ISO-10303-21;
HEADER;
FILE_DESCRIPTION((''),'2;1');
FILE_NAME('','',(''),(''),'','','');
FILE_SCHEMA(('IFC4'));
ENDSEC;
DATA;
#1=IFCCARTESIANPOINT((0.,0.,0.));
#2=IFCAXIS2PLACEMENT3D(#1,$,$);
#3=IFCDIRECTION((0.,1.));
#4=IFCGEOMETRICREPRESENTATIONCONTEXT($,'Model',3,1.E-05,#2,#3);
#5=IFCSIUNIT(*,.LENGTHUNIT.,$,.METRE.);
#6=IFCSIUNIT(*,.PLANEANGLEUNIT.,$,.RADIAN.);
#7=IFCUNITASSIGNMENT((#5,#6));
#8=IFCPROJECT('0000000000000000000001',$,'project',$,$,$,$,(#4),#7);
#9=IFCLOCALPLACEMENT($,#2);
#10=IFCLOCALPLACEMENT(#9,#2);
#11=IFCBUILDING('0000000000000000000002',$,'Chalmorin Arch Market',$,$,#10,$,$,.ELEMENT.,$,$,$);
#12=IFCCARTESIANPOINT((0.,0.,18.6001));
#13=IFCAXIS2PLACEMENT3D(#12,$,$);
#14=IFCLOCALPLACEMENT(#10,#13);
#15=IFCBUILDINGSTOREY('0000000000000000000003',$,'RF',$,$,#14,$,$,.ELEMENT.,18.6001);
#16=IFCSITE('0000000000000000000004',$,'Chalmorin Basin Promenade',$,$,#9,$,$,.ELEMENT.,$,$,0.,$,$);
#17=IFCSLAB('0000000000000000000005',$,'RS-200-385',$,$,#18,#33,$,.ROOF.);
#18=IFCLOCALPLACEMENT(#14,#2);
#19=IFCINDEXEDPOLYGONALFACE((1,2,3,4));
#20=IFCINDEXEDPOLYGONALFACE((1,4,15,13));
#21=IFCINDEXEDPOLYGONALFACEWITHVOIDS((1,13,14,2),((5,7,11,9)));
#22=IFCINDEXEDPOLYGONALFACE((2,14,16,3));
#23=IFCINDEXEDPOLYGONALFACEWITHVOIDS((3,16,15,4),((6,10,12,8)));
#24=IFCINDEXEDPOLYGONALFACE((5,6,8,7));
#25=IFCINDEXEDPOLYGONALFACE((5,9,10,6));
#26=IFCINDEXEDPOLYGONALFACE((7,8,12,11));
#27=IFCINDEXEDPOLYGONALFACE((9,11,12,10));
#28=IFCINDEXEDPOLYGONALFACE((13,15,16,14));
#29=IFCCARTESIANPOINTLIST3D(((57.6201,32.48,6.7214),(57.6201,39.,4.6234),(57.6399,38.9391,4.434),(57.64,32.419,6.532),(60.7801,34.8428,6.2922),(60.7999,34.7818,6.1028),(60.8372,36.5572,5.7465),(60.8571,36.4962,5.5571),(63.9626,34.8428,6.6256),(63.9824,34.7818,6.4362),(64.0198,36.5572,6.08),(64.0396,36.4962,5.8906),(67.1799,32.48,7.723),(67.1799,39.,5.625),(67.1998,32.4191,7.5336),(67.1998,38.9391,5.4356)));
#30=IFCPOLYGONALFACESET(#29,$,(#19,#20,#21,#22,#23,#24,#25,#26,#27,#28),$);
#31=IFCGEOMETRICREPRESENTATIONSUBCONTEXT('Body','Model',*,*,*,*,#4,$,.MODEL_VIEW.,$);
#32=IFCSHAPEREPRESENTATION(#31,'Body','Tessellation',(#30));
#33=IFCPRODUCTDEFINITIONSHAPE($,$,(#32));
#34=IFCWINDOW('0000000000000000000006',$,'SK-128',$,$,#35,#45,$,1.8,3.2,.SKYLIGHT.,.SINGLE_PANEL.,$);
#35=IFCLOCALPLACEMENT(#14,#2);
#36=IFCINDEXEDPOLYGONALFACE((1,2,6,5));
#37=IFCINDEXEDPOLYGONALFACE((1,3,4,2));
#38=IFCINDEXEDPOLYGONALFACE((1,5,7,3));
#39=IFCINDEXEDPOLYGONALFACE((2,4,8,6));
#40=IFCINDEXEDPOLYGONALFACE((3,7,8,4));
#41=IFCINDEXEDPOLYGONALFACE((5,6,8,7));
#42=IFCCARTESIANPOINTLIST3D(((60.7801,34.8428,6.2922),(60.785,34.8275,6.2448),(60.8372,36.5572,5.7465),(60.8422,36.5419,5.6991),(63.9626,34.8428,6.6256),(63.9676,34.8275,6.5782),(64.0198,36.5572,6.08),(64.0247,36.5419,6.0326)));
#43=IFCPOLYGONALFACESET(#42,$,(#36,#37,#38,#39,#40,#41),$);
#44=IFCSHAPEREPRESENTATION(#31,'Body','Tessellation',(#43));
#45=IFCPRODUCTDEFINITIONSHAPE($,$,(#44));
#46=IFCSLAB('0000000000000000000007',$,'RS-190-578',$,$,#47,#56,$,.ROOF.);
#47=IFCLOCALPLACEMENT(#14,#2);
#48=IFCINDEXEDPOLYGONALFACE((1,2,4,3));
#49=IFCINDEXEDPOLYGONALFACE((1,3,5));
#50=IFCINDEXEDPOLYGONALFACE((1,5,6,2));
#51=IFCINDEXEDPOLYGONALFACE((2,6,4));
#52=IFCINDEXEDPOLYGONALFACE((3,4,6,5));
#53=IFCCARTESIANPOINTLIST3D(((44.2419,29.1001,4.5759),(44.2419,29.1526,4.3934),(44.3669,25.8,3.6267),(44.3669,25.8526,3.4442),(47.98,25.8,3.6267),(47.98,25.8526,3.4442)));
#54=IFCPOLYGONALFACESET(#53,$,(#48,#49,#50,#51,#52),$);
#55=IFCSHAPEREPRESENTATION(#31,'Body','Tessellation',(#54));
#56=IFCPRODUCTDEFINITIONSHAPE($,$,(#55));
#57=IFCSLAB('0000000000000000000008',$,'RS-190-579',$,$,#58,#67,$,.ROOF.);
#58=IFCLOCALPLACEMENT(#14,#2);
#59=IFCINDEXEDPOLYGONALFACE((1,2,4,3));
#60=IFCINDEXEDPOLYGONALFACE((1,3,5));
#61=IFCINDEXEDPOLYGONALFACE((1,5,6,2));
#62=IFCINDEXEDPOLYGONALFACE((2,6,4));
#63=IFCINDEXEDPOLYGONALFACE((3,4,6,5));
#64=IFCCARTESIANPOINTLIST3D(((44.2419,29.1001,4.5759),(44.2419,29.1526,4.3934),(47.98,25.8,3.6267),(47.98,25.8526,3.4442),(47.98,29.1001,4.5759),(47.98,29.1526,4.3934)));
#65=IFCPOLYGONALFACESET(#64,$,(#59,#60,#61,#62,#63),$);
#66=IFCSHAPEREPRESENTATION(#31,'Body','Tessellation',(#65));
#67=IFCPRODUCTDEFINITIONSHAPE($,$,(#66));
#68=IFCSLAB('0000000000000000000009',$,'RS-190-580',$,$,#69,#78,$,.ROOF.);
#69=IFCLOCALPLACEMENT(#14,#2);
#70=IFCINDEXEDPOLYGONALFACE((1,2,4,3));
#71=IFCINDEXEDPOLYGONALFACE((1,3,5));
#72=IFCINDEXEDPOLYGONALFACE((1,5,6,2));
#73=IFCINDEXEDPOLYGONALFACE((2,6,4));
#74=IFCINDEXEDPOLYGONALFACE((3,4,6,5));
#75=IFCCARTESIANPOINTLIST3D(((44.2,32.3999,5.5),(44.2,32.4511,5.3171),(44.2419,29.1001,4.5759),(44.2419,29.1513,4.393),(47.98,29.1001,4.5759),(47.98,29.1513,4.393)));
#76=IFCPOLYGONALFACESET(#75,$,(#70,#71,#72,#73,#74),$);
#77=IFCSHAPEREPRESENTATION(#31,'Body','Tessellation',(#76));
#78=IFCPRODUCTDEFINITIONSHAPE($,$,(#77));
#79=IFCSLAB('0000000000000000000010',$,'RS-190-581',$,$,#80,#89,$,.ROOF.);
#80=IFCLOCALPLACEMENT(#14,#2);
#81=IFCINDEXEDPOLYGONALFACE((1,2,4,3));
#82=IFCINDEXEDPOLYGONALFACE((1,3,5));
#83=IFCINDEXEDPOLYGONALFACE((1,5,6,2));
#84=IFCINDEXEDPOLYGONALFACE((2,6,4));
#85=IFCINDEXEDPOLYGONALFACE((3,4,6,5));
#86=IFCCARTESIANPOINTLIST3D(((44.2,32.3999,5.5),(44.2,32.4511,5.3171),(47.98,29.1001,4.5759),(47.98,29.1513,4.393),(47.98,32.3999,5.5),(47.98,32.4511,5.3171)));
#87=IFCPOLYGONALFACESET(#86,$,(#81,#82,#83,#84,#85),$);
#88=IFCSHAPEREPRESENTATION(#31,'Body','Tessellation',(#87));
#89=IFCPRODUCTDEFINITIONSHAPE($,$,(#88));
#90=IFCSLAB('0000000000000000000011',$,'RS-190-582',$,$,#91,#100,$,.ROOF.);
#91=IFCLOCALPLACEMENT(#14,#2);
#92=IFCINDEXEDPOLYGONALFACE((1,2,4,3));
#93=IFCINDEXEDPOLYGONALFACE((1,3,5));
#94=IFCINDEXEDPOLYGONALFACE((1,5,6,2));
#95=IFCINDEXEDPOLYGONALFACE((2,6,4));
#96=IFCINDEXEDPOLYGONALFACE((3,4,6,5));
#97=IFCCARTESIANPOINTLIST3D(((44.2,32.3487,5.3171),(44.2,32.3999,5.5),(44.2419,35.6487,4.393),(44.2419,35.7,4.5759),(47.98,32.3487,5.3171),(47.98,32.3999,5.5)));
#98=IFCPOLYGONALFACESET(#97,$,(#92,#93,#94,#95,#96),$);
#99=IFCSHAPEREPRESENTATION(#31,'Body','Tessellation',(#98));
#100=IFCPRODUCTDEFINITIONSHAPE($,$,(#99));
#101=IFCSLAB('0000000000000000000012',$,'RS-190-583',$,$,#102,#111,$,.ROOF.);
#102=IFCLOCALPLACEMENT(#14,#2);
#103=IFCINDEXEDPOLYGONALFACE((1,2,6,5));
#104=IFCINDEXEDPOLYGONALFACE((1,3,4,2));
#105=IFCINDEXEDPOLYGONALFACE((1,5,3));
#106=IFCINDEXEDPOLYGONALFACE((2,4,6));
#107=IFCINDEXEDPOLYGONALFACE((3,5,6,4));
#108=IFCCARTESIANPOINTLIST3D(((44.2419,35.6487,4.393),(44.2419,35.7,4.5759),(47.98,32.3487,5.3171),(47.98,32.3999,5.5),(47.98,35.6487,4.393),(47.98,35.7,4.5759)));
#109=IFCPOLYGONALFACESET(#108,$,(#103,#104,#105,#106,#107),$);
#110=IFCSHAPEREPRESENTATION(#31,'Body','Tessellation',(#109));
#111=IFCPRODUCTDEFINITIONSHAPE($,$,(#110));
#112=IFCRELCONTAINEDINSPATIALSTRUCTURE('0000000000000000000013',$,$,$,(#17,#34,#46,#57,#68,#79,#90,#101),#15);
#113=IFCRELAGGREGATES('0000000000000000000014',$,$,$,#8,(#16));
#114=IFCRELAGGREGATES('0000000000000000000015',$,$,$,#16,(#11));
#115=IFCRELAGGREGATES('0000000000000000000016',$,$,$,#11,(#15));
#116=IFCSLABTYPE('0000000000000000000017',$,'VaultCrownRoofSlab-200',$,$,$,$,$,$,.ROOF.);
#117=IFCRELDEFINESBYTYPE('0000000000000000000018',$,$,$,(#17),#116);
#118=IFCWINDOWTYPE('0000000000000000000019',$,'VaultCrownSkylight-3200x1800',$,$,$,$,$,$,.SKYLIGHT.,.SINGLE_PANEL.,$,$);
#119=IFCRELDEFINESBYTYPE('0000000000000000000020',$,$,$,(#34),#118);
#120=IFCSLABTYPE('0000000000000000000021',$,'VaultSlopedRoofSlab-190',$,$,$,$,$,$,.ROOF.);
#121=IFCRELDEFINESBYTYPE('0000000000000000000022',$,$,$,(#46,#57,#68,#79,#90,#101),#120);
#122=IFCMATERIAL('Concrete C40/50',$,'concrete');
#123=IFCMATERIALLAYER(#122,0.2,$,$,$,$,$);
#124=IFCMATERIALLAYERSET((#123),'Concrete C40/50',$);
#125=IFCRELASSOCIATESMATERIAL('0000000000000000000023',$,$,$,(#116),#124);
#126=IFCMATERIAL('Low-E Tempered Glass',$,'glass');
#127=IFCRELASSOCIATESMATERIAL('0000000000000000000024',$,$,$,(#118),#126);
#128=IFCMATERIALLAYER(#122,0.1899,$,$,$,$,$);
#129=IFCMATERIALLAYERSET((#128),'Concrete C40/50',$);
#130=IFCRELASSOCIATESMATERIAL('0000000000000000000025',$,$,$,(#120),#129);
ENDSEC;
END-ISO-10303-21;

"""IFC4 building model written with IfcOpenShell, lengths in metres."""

from ifc_helpers import new_model, si_unit, direction, frame, origin, origin_2d, place, context, subcontext, project, spatial, polyline, rectangle, outline, extrude, material, layer, layer_set, type_object, element, fill, save


model = new_model("IFC4")

# Units and contexts
model_context = context("Model", 3, precision=1e-05, world=origin(), true_north=direction((0.0, 1.0)))
body_context = subcontext(model_context, "Body", "Model", "MODEL_VIEW")
ifc_project = project(units=[si_unit("LENGTHUNIT", "METRE"), si_unit("PLANEANGLEUNIT", "RADIAN")], contexts=[model_context])

# Site, building, storey
site_placement = place(None, origin())
site = spatial("IfcSite", under=ifc_project, at=site_placement, Name="Chalmorin Basin Promenade", CompositionType="ELEMENT", RefElevation=0.0)
building_placement = place(site_placement, origin())
building = spatial("IfcBuilding", under=site, at=building_placement, Name="Chalmorin Arch Market", CompositionType="ELEMENT")
storey_placement = place(building_placement, frame((0.0, 0.0, 18.6001)))
storey = spatial("IfcBuildingStorey", under=building, at=storey_placement, Name="RF", CompositionType="ELEMENT", Elevation=18.6001)

# Slab, opening, window
ifc_material_1 = material(Name="Concrete C40/50", Category="concrete")
ifc_layer_1 = layer(ifc_material_1, 0.2)
ifc_layer_set_1 = layer_set([ifc_layer_1], Name="Concrete C40/50")
slab_type_1 = type_object("IfcSlabType", Name="VaultCrownRoofSlab-200", PredefinedType="ROOF", material=ifc_layer_set_1)
ifc_material_2 = material(Name="Low-E Tempered Glass", Category="glass")
window_type = type_object("IfcWindowType", Name="VaultCrownSkylight-3200x1800", PartitioningType="SINGLE_PANEL", PredefinedType="SKYLIGHT", material=ifc_material_2)
slab_1_placement = place(storey_placement, frame((57.6201, 32.48, 6.7214), z_axis=(-0.099242, 0.304802, 0.947231), x_axis=(0.994556, 0.000004, 0.104199)))
slab_1 = element("IfcSlab", 1, at=slab_1_placement, inside=storey, type_object=slab_type_1, Name="RS-200-385", PredefinedType="ROOF", context=body_context, shape_type="SweptSolid", body=[
    extrude(outline(polyline([(0.0, 0.0), (9.6121, 0.0), (9.3936, 6.8457), (-0.2186, 6.8458), (0.0, 0.0)])), origin(), (0.0, 0.0, -1.0), 0.2),
])
opening_1_placement = place(slab_1_placement, frame((4.698, 3.3809, -0.2148)))
opening_1 = element("IfcOpeningElement", 2, at=opening_1_placement, cuts=slab_1, PredefinedType="OPENING", context=body_context, shape_type="SweptSolid", body=[
    extrude(rectangle(XDim=3.2, YDim=1.8, at=origin_2d()), origin(), (0.0, 0.0, 1.0), 0.23),
])
window_1_placement = place(slab_1_placement, frame((4.698, 3.3809, -0.05)))
window_1 = element("IfcWindow", 3, at=window_1_placement, inside=storey, type_object=window_type, Name="SK-128", OverallHeight=1.8, OverallWidth=3.2, PartitioningType="SINGLE_PANEL", PredefinedType="SKYLIGHT", context=body_context, shape_type="SweptSolid", body=[
    extrude(rectangle(XDim=3.2, YDim=1.8, at=origin_2d()), origin(), (0.0, 0.0, 1.0), 0.05),
])
fill(opening_1, window_1)

# Slabs
ifc_layer_2 = layer(ifc_material_1, 0.1899)
ifc_layer_set_2 = layer_set([ifc_layer_2], Name="Concrete C40/50")
slab_type_2 = type_object("IfcSlabType", Name="VaultSlopedRoofSlab-190", PredefinedType="ROOF", material=ifc_layer_set_2)
slab_2_placement = place(storey_placement, frame((44.2419, 29.1001, 4.5759), z_axis=(0.0, -0.27643, 0.961034), x_axis=(0.036378, -0.960398, -0.276247)))
element("IfcSlab", 4, at=slab_2_placement, inside=storey, type_object=slab_type_2, Name="RS-190-578", PredefinedType="ROOF", context=body_context, shape_type="SweptSolid", body=[
    extrude(outline(polyline([(0.0, 0.0), (3.4361, 0.0), (3.5676, 3.6106), (0.0, 0.0)])), origin(), (0.0, 0.0, -1.0), 0.1899),
])
slab_3_placement = place(storey_placement, frame((47.98, 29.1001, 4.5759), z_axis=(0.0, -0.27643, 0.961034), x_axis=(-1.0, 0.0, 0.0)))
element("IfcSlab", 5, at=slab_3_placement, inside=storey, type_object=slab_type_2, Name="RS-190-579", PredefinedType="ROOF", context=body_context, shape_type="SweptSolid", body=[
    extrude(outline(polyline([(0.0, 0.0), (3.738, 0.0), (0.0, 3.4339), (0.0, 0.0)])), origin(), (0.0, 0.0, -1.0), 0.1899),
])
slab_4_placement = place(storey_placement, frame((44.2, 32.3999, 5.5), z_axis=(0.0, -0.269664, 0.962954), x_axis=(0.012253, -0.962882, -0.269644)))
element("IfcSlab", 6, at=slab_4_placement, inside=storey, type_object=slab_type_2, Name="RS-190-580", PredefinedType="ROOF", context=body_context, shape_type="SweptSolid", body=[
    extrude(outline(polyline([(0.0, 0.0), (3.427, 0.0), (3.4728, 3.7378), (0.0, 0.0)])), origin(), (0.0, 0.0, -1.0), 0.1899),
])
slab_5_placement = place(storey_placement, frame((47.98, 32.3999, 5.5), z_axis=(0.0, -0.269664, 0.962954), x_axis=(-1.0, 0.0, 0.0)))
element("IfcSlab", 7, at=slab_5_placement, inside=storey, type_object=slab_type_2, Name="RS-190-581", PredefinedType="ROOF", context=body_context, shape_type="SweptSolid", body=[
    extrude(outline(polyline([(0.0, 0.0), (3.78, 0.0), (0.0, 3.4268), (0.0, 0.0)])), origin(), (0.0, 0.0, -1.0), 0.1899),
])
slab_6_placement = place(storey_placement, frame((44.2419, 35.7, 4.5759), z_axis=(0.0, 0.269646, 0.96296), x_axis=(-0.012252, -0.962887, 0.269626)))
element("IfcSlab", 8, at=slab_6_placement, inside=storey, type_object=slab_type_2, Name="RS-190-582", PredefinedType="ROOF", context=body_context, shape_type="SweptSolid", body=[
    extrude(outline(polyline([(0.0, 0.0), (3.4272, 0.0), (3.3809, 3.7797), (0.0, 0.0)])), origin(), (0.0, 0.0, -1.0), 0.1899),
])
slab_7_placement = place(storey_placement, frame((47.98, 35.7, 4.5759), z_axis=(0.0, 0.269646, 0.96296), x_axis=(-1.0, 0.0, 0.0)))
element("IfcSlab", 9, at=slab_7_placement, inside=storey, type_object=slab_type_2, Name="RS-190-583", PredefinedType="ROOF", context=body_context, shape_type="SweptSolid", body=[
    extrude(outline(polyline([(0.0, 0.0), (3.738, 0.0), (0.0, 3.427), (0.0, 0.0)])), origin(), (0.0, 0.0, -1.0), 0.1899),
])

save(model, "model.ifc")
